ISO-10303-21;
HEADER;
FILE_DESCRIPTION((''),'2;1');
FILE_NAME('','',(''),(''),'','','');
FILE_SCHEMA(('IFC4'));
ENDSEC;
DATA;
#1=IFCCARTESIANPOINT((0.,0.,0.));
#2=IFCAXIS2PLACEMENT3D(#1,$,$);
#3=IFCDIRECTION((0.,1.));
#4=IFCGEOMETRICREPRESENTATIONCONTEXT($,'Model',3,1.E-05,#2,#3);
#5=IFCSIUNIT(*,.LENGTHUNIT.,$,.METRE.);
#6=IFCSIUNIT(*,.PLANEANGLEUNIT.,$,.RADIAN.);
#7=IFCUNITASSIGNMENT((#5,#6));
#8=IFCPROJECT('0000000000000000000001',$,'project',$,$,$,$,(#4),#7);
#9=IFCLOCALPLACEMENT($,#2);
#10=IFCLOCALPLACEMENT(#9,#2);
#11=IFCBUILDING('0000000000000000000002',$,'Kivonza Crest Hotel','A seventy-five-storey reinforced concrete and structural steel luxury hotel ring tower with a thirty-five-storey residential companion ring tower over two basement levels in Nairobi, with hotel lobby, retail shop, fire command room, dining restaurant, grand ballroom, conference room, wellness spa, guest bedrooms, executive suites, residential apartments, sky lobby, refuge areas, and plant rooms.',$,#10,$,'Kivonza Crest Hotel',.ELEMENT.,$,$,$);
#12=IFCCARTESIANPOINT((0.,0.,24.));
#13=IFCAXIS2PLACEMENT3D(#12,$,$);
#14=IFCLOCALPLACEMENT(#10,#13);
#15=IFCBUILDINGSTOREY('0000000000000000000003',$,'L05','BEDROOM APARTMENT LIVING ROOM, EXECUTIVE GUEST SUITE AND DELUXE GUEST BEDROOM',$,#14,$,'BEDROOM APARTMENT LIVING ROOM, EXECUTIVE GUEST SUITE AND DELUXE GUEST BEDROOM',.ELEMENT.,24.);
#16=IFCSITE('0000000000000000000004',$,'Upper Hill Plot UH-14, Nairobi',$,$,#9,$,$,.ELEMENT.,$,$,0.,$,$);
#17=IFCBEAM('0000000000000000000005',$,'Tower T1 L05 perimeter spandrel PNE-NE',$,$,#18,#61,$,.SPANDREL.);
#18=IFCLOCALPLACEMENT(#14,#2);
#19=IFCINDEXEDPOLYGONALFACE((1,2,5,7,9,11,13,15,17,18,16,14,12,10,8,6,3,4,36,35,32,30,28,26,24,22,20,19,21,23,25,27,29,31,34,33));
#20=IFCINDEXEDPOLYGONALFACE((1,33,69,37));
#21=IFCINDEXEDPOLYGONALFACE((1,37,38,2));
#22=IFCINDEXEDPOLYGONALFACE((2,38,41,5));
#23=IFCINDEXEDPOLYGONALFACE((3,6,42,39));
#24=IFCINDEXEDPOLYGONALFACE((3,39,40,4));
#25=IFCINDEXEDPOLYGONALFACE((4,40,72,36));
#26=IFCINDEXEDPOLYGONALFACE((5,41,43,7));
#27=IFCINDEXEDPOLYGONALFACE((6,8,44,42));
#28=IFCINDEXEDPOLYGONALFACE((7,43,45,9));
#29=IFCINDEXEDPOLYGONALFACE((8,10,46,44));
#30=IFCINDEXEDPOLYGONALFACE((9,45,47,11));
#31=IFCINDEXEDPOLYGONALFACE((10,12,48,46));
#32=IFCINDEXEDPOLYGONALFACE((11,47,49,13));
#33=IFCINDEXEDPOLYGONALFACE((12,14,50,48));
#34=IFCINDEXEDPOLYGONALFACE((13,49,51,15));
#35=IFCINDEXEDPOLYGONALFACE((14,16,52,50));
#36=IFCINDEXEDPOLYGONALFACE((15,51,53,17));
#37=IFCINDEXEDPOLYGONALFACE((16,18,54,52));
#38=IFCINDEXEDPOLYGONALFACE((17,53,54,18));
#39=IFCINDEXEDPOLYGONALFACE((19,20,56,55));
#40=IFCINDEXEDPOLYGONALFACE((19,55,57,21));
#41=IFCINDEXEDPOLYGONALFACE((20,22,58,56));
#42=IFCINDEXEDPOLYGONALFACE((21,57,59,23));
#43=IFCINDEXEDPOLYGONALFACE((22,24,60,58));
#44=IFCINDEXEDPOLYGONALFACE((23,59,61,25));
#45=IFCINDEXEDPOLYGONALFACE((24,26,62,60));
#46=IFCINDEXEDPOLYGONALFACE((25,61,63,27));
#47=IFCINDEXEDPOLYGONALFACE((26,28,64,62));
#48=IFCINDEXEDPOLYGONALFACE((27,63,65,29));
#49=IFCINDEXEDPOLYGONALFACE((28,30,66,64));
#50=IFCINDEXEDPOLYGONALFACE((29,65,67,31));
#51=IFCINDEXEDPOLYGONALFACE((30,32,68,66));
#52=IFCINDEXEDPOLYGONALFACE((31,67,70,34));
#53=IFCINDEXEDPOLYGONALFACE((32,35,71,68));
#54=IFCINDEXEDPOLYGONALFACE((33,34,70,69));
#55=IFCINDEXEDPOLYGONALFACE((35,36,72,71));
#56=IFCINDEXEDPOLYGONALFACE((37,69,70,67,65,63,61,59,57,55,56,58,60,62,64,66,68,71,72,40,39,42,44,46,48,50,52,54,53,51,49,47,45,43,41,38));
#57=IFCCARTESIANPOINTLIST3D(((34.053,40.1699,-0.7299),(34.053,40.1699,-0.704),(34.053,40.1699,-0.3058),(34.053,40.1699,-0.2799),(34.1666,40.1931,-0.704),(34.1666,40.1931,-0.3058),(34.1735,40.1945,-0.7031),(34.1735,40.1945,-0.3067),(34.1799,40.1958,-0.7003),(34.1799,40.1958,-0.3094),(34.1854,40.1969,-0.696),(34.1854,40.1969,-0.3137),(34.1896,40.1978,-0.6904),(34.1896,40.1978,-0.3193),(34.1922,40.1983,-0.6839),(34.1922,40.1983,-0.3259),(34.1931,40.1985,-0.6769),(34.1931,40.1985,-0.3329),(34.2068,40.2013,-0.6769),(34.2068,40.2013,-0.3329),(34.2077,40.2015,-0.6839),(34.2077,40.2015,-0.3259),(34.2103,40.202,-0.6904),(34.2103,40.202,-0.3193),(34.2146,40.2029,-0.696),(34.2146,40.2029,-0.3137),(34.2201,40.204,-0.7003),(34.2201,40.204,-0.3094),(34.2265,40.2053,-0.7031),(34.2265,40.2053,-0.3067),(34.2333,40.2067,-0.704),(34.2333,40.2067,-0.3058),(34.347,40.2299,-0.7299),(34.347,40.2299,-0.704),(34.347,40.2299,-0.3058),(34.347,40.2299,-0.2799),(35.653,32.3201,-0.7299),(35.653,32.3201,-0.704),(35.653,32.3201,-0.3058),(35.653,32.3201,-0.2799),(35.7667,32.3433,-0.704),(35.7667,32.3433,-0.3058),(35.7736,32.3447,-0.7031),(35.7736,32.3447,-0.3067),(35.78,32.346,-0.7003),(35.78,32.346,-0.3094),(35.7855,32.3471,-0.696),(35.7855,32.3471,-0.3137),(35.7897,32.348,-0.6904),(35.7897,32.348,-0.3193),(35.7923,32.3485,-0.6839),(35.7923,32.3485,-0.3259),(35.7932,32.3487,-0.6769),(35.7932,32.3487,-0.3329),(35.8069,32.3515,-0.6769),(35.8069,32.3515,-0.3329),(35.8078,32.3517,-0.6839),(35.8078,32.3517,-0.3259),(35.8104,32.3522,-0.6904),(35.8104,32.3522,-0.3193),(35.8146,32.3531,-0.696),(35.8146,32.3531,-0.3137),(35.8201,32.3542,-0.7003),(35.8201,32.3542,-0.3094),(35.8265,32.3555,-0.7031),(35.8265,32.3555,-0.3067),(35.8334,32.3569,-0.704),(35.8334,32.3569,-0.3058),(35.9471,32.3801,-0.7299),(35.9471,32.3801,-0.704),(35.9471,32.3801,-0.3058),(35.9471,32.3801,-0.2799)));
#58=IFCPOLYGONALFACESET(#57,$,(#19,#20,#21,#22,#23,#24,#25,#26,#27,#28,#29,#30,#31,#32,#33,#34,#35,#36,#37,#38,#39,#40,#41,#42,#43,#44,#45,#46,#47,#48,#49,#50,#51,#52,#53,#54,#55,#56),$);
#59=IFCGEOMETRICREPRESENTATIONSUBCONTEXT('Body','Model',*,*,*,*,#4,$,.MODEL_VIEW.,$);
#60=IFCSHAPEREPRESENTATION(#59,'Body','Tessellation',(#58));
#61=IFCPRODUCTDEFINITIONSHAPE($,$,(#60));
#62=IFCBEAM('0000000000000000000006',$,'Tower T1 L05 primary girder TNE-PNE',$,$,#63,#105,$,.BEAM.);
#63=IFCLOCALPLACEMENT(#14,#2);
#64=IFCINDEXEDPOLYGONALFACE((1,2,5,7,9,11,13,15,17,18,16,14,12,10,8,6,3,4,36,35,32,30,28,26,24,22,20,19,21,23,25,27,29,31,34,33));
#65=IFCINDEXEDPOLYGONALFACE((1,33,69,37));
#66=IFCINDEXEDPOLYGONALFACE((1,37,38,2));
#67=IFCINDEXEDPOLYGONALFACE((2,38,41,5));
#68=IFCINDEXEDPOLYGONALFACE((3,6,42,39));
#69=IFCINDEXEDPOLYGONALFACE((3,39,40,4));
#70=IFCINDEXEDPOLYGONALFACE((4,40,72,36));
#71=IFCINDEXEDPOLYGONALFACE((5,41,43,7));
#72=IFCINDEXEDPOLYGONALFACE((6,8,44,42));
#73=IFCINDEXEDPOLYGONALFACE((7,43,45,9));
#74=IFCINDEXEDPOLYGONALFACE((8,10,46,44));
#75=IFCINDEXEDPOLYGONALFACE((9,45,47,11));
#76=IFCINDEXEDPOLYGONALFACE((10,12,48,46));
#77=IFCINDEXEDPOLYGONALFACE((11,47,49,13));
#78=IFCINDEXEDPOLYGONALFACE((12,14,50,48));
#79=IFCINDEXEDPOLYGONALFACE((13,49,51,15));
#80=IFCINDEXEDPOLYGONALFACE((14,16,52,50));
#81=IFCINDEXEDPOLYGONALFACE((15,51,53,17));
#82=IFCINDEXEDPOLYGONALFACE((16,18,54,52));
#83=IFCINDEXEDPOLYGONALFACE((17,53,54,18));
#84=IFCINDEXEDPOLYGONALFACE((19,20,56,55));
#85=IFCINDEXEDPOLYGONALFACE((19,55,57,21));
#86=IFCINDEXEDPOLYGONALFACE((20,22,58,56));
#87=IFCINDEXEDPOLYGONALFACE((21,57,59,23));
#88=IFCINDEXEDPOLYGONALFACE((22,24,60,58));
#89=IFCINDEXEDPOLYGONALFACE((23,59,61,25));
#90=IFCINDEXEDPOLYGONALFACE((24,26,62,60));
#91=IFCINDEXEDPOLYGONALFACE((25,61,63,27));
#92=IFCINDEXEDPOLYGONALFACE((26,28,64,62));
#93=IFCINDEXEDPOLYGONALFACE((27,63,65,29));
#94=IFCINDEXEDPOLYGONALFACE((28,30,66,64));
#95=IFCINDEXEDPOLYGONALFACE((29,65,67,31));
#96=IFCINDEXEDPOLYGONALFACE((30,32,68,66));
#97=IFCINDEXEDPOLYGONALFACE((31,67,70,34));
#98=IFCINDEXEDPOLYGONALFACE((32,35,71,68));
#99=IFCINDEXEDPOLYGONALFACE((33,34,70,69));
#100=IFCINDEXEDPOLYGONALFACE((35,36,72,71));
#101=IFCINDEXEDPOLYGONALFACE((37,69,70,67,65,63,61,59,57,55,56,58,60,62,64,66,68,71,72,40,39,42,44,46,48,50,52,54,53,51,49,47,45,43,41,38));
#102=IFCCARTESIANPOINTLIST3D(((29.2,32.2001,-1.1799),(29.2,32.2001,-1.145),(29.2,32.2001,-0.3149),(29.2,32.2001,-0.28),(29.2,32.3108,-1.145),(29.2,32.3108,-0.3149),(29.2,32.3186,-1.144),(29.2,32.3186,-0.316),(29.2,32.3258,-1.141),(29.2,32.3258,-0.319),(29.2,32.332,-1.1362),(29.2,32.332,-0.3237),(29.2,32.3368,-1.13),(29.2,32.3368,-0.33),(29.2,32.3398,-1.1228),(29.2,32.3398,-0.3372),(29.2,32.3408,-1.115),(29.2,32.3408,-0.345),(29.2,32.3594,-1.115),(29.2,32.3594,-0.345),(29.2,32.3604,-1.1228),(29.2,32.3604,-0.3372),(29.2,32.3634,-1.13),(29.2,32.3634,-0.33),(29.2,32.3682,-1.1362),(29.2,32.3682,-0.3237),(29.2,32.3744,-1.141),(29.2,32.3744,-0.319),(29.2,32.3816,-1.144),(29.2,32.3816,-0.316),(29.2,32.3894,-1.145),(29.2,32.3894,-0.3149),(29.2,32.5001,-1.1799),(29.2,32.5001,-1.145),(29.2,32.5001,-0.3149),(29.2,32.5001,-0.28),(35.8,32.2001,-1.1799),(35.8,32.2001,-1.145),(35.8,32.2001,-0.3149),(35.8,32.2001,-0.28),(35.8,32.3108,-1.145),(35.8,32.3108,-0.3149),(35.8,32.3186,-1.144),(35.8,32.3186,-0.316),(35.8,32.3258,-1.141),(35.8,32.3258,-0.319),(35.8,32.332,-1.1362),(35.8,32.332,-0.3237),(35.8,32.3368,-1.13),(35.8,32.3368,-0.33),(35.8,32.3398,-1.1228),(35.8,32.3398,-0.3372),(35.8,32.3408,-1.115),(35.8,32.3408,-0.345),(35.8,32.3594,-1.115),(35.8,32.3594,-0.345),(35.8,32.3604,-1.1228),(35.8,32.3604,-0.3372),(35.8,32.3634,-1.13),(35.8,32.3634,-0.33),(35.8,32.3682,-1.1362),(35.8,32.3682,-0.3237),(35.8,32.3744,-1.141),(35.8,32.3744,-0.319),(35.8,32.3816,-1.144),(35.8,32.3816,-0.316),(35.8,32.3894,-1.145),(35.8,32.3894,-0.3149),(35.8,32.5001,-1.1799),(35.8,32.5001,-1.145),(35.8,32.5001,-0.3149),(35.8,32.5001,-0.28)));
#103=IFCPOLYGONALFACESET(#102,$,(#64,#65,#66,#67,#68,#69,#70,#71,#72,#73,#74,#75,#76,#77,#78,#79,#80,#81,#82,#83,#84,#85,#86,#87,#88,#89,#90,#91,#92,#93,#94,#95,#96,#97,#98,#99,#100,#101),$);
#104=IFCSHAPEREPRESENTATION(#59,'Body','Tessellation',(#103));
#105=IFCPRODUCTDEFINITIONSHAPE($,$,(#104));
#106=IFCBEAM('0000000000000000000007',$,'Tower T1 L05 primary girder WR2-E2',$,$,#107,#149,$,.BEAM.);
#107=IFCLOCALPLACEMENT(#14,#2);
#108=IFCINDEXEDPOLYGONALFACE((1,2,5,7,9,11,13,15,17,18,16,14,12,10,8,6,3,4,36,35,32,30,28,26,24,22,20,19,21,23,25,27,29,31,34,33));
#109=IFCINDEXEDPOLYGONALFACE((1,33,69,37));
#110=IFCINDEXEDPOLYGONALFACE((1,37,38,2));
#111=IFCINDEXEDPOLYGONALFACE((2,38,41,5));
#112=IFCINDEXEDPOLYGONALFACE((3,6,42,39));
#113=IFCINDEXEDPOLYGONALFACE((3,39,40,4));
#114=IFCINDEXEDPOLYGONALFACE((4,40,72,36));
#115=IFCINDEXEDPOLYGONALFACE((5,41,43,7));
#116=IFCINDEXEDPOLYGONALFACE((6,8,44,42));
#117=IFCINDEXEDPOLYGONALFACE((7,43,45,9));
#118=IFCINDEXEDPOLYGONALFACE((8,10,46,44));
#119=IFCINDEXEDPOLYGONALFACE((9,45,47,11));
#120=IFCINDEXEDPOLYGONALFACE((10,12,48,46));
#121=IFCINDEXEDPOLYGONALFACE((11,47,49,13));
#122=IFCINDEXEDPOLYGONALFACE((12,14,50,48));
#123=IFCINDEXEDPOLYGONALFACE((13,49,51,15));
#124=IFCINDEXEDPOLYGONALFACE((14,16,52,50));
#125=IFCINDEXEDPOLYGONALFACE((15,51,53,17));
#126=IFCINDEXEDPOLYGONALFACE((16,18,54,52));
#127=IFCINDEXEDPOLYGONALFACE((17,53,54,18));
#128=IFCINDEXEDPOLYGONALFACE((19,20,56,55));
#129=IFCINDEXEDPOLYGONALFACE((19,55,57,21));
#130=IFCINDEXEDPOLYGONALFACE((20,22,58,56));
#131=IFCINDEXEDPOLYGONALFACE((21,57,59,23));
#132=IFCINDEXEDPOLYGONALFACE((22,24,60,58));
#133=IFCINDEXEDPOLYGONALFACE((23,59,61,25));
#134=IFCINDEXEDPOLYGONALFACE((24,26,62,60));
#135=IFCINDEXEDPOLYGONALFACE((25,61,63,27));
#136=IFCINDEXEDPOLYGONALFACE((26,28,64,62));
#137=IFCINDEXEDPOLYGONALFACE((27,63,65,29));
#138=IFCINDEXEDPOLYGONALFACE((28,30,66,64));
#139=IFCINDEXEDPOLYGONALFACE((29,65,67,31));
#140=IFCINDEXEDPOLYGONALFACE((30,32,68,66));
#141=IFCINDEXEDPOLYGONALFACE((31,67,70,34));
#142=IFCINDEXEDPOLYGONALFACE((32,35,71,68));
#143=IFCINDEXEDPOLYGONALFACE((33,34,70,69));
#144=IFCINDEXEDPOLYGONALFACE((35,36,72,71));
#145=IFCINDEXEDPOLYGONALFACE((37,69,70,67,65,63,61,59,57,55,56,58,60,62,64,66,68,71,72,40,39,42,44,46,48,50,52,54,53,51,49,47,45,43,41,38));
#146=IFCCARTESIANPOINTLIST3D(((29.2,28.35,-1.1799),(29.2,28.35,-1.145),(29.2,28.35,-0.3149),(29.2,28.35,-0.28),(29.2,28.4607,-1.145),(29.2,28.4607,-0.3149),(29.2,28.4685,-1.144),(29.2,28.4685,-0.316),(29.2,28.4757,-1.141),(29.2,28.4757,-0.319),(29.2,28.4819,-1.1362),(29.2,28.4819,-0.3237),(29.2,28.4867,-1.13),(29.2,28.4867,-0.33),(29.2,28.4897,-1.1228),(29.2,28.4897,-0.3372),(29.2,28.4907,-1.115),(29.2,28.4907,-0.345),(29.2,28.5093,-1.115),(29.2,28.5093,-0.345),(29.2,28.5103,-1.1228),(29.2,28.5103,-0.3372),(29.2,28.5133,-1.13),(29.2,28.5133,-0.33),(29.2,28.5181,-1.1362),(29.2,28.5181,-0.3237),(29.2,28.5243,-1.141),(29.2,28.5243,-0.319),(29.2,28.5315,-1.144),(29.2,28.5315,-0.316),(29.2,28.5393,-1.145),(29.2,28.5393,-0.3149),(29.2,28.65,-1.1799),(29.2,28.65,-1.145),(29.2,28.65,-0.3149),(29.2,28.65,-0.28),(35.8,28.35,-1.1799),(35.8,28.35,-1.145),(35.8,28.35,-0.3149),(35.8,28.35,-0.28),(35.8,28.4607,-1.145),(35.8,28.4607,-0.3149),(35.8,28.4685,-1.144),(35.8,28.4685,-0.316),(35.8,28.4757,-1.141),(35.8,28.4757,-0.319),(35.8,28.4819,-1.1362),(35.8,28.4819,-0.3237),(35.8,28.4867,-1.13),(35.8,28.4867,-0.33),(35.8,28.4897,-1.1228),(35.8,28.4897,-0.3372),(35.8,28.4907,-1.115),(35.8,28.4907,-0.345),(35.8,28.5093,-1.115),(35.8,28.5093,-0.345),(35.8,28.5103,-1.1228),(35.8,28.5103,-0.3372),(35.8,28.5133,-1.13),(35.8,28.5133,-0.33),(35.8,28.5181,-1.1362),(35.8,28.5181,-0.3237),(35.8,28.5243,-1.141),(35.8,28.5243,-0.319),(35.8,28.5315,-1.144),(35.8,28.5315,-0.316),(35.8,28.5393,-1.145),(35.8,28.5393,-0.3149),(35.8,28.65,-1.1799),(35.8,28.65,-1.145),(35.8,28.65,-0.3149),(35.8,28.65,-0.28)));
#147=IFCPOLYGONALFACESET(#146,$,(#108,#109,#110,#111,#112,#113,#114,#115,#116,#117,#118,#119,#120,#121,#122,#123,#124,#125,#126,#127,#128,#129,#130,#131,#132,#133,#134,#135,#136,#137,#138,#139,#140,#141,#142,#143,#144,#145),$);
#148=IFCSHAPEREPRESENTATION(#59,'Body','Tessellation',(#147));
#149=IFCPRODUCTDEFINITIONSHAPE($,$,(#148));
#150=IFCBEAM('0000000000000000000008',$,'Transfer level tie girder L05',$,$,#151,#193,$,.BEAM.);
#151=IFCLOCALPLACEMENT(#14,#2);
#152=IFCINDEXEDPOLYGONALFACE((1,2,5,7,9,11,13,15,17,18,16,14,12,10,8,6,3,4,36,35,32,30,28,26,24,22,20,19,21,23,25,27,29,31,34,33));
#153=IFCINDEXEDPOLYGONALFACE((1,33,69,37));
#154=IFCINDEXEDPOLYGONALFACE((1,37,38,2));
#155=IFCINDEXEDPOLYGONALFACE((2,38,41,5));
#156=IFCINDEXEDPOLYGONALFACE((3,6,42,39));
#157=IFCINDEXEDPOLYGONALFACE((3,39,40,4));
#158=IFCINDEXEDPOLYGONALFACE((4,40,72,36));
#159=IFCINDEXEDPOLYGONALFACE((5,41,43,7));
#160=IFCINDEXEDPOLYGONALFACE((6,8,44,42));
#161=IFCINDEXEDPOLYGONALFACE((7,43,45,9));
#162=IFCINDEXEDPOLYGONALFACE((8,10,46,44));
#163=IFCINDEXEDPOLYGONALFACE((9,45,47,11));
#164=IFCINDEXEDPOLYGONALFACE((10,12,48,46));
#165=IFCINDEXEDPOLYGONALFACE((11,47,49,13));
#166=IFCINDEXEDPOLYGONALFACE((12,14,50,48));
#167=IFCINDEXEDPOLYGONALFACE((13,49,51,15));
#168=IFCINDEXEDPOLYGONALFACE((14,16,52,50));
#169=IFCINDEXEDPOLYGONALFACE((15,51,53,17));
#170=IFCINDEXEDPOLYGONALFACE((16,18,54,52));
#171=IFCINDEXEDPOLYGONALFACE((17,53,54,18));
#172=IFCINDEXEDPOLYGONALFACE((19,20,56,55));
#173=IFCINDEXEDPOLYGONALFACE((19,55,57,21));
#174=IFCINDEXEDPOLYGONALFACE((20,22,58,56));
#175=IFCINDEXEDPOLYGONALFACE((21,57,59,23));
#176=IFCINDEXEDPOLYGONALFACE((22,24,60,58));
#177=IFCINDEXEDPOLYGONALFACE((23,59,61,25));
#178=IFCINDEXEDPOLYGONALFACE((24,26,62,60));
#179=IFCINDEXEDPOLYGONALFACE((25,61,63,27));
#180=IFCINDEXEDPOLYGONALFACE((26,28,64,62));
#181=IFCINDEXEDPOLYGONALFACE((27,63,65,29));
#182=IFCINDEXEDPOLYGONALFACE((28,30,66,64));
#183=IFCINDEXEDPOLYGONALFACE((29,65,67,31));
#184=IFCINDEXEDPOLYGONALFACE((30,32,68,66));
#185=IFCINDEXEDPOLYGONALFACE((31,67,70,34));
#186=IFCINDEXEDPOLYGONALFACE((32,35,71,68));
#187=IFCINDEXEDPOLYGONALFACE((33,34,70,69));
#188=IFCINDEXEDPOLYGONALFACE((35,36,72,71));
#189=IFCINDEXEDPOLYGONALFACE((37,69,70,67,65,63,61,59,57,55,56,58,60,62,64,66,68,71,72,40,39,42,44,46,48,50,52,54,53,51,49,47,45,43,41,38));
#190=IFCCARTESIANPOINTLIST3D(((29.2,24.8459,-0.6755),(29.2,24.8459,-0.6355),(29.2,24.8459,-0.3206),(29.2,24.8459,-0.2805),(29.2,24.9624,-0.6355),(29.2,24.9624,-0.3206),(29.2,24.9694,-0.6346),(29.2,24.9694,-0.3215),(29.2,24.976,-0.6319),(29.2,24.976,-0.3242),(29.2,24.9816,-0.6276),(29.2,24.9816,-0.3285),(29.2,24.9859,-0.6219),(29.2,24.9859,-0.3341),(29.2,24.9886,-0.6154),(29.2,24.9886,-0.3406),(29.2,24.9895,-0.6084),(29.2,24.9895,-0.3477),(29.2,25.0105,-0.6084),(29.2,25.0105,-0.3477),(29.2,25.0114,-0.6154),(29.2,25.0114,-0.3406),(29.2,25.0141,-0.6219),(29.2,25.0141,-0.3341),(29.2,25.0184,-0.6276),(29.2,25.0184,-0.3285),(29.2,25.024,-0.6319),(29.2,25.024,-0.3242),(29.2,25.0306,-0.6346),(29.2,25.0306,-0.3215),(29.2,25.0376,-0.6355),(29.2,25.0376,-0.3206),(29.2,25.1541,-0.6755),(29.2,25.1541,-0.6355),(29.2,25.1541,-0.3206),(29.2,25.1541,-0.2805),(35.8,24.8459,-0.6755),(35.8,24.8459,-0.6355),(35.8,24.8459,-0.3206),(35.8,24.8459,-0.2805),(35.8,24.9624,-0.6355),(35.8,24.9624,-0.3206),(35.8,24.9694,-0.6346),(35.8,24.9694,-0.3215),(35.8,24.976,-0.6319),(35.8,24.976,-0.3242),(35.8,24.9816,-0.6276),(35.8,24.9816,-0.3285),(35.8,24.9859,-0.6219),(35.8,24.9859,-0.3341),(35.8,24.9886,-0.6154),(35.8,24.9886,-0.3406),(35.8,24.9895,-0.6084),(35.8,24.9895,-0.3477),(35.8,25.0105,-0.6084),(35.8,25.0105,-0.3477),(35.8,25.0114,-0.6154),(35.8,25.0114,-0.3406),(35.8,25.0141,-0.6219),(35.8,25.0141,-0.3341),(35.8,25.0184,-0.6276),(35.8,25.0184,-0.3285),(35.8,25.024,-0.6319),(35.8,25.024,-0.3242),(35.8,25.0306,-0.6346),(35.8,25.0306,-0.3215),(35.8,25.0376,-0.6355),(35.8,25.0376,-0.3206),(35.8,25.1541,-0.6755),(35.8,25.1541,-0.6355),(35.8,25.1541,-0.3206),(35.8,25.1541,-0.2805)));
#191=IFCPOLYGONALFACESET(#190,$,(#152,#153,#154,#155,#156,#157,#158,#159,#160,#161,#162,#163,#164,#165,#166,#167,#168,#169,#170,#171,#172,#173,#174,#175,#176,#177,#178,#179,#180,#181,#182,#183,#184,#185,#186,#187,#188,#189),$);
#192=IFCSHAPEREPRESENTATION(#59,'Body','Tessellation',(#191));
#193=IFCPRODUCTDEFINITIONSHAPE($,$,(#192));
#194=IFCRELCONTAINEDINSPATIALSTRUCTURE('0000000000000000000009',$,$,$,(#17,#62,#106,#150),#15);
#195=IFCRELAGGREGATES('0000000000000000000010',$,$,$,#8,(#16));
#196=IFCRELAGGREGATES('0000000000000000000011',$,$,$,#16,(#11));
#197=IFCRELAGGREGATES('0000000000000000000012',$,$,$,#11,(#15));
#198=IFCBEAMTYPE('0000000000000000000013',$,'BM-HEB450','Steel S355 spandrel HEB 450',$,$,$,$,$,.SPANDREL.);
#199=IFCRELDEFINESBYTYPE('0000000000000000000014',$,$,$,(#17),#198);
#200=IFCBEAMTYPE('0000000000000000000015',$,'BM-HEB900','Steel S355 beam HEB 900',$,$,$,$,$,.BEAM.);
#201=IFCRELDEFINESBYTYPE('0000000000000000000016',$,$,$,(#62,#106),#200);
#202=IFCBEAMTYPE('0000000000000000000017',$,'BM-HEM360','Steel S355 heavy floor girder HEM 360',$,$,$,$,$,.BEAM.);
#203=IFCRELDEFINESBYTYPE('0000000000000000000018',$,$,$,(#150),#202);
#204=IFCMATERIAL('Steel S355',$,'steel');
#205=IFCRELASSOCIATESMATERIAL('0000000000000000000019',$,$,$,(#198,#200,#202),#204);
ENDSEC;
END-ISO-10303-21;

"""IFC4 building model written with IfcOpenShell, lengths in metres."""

from ifc_helpers import new_model, si_unit, direction, frame, origin, origin_2d, place, context, subcontext, project, spatial, i_section, extrude, material, material_profile, profile_set, type_object, element, save


model = new_model("IFC4")

# Units and contexts
model_context = context("Model", 3, precision=1e-05, world=origin(), true_north=direction((0.0, 1.0)))
body_context = subcontext(model_context, "Body", "Model", "MODEL_VIEW")
ifc_project = project(units=[si_unit("LENGTHUNIT", "METRE"), si_unit("PLANEANGLEUNIT", "RADIAN")], contexts=[model_context])

# Site, building, storey
site_placement = place(None, origin())
site = spatial("IfcSite", under=ifc_project, at=site_placement, Name="Upper Hill Plot UH-14, Nairobi", CompositionType="ELEMENT", RefElevation=0.0)
building_placement = place(site_placement, origin())
building = spatial("IfcBuilding", under=site, at=building_placement, Name="Kivonza Crest Hotel", Description="A seventy-five-storey reinforced concrete and structural steel luxury hotel ring tower with a thirty-five-storey residential companion ring tower over two basement levels in Nairobi, with hotel lobby, retail shop, fire command room, dining restaurant, grand ballroom, conference room, wellness spa, guest bedrooms, executive suites, residential apartments, sky lobby, refuge areas, and plant rooms.", LongName="Kivonza Crest Hotel", CompositionType="ELEMENT")
storey_placement = place(building_placement, frame((0.0, 0.0, 24.0)))
storey = spatial("IfcBuildingStorey", under=building, at=storey_placement, Name="L05", Description="BEDROOM APARTMENT LIVING ROOM, EXECUTIVE GUEST SUITE AND DELUXE GUEST BEDROOM", LongName="BEDROOM APARTMENT LIVING ROOM, EXECUTIVE GUEST SUITE AND DELUXE GUEST BEDROOM", CompositionType="ELEMENT", Elevation=24.0)

# Beams
ifc_material_1 = material(Name="Steel S355", Category="steel")
ifc_material_profile_1 = material_profile(ifc_material_1, i_section(OverallWidth=0.3, OverallDepth=0.45, WebThickness=0.0139, FlangeThickness=0.0259, FilletRadius=0.0271, at=origin_2d()), Name="HEB 450")
ifc_profile_set_1 = profile_set([ifc_material_profile_1], Name="Steel S355")
beam_type_1 = type_object("IfcBeamType", Name="BM-HEB450", Description="Steel S355 spandrel HEB 450", PredefinedType="SPANDREL", material=ifc_profile_set_1)
beam_1_placement = place(storey_placement, frame((35.8, 32.3501, -0.5049), z_axis=(-0.199731, 0.979851, 0.0), x_axis=(-0.979851, -0.199731, 0.0)))
element("IfcBeam", 1, at=beam_1_placement, inside=storey, type_object=beam_type_1, Name="Tower T1 L05 perimeter spandrel PNE-NE", PredefinedType="SPANDREL", context=body_context, shape_type="SweptSolid", body=[
    extrude(i_section(OverallWidth=0.3, OverallDepth=0.45, WebThickness=0.0139, FlangeThickness=0.0259, FilletRadius=0.0271, at=origin_2d()), origin(), (0.0, 0.0, 1.0), 8.0112),
])
ifc_material_profile_2 = material_profile(ifc_material_1, i_section(OverallWidth=0.3, OverallDepth=0.8999, WebThickness=0.0186, FlangeThickness=0.0349, FilletRadius=0.03, at=origin_2d()), Name="HEB 900")
ifc_profile_set_2 = profile_set([ifc_material_profile_2], Name="Steel S355")
beam_type_2 = type_object("IfcBeamType", Name="BM-HEB900", Description="Steel S355 beam HEB 900", PredefinedType="BEAM", material=ifc_profile_set_2)
for number, where, z_axis, x_axis, name in (
    (2, (29.2, 32.3501, -0.73), (1.0, 0.0, 0.0), (0.0, 1.0, 0.0), "Tower T1 L05 primary girder TNE-PNE"),
    (3, (29.2, 28.5, -0.73), (1.0, 0.0, 0.0), (0.0, 1.0, 0.0), "Tower T1 L05 primary girder WR2-E2"),
):
    element("IfcBeam", number, at=place(storey_placement, frame(where, z_axis=z_axis, x_axis=x_axis)), inside=storey, type_object=beam_type_2, Name=name, PredefinedType="BEAM", context=body_context, shape_type="SweptSolid", body=[
        extrude(i_section(OverallWidth=0.3, OverallDepth=0.8999, WebThickness=0.0186, FlangeThickness=0.0349, FilletRadius=0.03, at=origin_2d()), origin(), (0.0, 0.0, 1.0), 6.6001),
    ])
ifc_material_profile_3 = material_profile(ifc_material_1, i_section(OverallWidth=0.3081, OverallDepth=0.395, WebThickness=0.021, FlangeThickness=0.04, FilletRadius=0.0271, at=origin_2d()), Name="HEM 360")
ifc_profile_set_3 = profile_set([ifc_material_profile_3], Name="Steel S355")
beam_type_3 = type_object("IfcBeamType", Name="BM-HEM360", Description="Steel S355 heavy floor girder HEM 360", PredefinedType="BEAM", material=ifc_profile_set_3)
beam_2_placement = place(storey_placement, frame((29.2, 25.0, -0.478), z_axis=(1.0, 0.0, 0.0), x_axis=(0.0, 1.0, 0.0)))
element("IfcBeam", 4, at=beam_2_placement, inside=storey, type_object=beam_type_3, Name="Transfer level tie girder L05", PredefinedType="BEAM", context=body_context, shape_type="SweptSolid", body=[
    extrude(i_section(OverallWidth=0.3081, OverallDepth=0.395, WebThickness=0.021, FlangeThickness=0.04, FilletRadius=0.0271, at=origin_2d()), origin(), (0.0, 0.0, 1.0), 6.6001),
])

save(model, "model.ifc")
